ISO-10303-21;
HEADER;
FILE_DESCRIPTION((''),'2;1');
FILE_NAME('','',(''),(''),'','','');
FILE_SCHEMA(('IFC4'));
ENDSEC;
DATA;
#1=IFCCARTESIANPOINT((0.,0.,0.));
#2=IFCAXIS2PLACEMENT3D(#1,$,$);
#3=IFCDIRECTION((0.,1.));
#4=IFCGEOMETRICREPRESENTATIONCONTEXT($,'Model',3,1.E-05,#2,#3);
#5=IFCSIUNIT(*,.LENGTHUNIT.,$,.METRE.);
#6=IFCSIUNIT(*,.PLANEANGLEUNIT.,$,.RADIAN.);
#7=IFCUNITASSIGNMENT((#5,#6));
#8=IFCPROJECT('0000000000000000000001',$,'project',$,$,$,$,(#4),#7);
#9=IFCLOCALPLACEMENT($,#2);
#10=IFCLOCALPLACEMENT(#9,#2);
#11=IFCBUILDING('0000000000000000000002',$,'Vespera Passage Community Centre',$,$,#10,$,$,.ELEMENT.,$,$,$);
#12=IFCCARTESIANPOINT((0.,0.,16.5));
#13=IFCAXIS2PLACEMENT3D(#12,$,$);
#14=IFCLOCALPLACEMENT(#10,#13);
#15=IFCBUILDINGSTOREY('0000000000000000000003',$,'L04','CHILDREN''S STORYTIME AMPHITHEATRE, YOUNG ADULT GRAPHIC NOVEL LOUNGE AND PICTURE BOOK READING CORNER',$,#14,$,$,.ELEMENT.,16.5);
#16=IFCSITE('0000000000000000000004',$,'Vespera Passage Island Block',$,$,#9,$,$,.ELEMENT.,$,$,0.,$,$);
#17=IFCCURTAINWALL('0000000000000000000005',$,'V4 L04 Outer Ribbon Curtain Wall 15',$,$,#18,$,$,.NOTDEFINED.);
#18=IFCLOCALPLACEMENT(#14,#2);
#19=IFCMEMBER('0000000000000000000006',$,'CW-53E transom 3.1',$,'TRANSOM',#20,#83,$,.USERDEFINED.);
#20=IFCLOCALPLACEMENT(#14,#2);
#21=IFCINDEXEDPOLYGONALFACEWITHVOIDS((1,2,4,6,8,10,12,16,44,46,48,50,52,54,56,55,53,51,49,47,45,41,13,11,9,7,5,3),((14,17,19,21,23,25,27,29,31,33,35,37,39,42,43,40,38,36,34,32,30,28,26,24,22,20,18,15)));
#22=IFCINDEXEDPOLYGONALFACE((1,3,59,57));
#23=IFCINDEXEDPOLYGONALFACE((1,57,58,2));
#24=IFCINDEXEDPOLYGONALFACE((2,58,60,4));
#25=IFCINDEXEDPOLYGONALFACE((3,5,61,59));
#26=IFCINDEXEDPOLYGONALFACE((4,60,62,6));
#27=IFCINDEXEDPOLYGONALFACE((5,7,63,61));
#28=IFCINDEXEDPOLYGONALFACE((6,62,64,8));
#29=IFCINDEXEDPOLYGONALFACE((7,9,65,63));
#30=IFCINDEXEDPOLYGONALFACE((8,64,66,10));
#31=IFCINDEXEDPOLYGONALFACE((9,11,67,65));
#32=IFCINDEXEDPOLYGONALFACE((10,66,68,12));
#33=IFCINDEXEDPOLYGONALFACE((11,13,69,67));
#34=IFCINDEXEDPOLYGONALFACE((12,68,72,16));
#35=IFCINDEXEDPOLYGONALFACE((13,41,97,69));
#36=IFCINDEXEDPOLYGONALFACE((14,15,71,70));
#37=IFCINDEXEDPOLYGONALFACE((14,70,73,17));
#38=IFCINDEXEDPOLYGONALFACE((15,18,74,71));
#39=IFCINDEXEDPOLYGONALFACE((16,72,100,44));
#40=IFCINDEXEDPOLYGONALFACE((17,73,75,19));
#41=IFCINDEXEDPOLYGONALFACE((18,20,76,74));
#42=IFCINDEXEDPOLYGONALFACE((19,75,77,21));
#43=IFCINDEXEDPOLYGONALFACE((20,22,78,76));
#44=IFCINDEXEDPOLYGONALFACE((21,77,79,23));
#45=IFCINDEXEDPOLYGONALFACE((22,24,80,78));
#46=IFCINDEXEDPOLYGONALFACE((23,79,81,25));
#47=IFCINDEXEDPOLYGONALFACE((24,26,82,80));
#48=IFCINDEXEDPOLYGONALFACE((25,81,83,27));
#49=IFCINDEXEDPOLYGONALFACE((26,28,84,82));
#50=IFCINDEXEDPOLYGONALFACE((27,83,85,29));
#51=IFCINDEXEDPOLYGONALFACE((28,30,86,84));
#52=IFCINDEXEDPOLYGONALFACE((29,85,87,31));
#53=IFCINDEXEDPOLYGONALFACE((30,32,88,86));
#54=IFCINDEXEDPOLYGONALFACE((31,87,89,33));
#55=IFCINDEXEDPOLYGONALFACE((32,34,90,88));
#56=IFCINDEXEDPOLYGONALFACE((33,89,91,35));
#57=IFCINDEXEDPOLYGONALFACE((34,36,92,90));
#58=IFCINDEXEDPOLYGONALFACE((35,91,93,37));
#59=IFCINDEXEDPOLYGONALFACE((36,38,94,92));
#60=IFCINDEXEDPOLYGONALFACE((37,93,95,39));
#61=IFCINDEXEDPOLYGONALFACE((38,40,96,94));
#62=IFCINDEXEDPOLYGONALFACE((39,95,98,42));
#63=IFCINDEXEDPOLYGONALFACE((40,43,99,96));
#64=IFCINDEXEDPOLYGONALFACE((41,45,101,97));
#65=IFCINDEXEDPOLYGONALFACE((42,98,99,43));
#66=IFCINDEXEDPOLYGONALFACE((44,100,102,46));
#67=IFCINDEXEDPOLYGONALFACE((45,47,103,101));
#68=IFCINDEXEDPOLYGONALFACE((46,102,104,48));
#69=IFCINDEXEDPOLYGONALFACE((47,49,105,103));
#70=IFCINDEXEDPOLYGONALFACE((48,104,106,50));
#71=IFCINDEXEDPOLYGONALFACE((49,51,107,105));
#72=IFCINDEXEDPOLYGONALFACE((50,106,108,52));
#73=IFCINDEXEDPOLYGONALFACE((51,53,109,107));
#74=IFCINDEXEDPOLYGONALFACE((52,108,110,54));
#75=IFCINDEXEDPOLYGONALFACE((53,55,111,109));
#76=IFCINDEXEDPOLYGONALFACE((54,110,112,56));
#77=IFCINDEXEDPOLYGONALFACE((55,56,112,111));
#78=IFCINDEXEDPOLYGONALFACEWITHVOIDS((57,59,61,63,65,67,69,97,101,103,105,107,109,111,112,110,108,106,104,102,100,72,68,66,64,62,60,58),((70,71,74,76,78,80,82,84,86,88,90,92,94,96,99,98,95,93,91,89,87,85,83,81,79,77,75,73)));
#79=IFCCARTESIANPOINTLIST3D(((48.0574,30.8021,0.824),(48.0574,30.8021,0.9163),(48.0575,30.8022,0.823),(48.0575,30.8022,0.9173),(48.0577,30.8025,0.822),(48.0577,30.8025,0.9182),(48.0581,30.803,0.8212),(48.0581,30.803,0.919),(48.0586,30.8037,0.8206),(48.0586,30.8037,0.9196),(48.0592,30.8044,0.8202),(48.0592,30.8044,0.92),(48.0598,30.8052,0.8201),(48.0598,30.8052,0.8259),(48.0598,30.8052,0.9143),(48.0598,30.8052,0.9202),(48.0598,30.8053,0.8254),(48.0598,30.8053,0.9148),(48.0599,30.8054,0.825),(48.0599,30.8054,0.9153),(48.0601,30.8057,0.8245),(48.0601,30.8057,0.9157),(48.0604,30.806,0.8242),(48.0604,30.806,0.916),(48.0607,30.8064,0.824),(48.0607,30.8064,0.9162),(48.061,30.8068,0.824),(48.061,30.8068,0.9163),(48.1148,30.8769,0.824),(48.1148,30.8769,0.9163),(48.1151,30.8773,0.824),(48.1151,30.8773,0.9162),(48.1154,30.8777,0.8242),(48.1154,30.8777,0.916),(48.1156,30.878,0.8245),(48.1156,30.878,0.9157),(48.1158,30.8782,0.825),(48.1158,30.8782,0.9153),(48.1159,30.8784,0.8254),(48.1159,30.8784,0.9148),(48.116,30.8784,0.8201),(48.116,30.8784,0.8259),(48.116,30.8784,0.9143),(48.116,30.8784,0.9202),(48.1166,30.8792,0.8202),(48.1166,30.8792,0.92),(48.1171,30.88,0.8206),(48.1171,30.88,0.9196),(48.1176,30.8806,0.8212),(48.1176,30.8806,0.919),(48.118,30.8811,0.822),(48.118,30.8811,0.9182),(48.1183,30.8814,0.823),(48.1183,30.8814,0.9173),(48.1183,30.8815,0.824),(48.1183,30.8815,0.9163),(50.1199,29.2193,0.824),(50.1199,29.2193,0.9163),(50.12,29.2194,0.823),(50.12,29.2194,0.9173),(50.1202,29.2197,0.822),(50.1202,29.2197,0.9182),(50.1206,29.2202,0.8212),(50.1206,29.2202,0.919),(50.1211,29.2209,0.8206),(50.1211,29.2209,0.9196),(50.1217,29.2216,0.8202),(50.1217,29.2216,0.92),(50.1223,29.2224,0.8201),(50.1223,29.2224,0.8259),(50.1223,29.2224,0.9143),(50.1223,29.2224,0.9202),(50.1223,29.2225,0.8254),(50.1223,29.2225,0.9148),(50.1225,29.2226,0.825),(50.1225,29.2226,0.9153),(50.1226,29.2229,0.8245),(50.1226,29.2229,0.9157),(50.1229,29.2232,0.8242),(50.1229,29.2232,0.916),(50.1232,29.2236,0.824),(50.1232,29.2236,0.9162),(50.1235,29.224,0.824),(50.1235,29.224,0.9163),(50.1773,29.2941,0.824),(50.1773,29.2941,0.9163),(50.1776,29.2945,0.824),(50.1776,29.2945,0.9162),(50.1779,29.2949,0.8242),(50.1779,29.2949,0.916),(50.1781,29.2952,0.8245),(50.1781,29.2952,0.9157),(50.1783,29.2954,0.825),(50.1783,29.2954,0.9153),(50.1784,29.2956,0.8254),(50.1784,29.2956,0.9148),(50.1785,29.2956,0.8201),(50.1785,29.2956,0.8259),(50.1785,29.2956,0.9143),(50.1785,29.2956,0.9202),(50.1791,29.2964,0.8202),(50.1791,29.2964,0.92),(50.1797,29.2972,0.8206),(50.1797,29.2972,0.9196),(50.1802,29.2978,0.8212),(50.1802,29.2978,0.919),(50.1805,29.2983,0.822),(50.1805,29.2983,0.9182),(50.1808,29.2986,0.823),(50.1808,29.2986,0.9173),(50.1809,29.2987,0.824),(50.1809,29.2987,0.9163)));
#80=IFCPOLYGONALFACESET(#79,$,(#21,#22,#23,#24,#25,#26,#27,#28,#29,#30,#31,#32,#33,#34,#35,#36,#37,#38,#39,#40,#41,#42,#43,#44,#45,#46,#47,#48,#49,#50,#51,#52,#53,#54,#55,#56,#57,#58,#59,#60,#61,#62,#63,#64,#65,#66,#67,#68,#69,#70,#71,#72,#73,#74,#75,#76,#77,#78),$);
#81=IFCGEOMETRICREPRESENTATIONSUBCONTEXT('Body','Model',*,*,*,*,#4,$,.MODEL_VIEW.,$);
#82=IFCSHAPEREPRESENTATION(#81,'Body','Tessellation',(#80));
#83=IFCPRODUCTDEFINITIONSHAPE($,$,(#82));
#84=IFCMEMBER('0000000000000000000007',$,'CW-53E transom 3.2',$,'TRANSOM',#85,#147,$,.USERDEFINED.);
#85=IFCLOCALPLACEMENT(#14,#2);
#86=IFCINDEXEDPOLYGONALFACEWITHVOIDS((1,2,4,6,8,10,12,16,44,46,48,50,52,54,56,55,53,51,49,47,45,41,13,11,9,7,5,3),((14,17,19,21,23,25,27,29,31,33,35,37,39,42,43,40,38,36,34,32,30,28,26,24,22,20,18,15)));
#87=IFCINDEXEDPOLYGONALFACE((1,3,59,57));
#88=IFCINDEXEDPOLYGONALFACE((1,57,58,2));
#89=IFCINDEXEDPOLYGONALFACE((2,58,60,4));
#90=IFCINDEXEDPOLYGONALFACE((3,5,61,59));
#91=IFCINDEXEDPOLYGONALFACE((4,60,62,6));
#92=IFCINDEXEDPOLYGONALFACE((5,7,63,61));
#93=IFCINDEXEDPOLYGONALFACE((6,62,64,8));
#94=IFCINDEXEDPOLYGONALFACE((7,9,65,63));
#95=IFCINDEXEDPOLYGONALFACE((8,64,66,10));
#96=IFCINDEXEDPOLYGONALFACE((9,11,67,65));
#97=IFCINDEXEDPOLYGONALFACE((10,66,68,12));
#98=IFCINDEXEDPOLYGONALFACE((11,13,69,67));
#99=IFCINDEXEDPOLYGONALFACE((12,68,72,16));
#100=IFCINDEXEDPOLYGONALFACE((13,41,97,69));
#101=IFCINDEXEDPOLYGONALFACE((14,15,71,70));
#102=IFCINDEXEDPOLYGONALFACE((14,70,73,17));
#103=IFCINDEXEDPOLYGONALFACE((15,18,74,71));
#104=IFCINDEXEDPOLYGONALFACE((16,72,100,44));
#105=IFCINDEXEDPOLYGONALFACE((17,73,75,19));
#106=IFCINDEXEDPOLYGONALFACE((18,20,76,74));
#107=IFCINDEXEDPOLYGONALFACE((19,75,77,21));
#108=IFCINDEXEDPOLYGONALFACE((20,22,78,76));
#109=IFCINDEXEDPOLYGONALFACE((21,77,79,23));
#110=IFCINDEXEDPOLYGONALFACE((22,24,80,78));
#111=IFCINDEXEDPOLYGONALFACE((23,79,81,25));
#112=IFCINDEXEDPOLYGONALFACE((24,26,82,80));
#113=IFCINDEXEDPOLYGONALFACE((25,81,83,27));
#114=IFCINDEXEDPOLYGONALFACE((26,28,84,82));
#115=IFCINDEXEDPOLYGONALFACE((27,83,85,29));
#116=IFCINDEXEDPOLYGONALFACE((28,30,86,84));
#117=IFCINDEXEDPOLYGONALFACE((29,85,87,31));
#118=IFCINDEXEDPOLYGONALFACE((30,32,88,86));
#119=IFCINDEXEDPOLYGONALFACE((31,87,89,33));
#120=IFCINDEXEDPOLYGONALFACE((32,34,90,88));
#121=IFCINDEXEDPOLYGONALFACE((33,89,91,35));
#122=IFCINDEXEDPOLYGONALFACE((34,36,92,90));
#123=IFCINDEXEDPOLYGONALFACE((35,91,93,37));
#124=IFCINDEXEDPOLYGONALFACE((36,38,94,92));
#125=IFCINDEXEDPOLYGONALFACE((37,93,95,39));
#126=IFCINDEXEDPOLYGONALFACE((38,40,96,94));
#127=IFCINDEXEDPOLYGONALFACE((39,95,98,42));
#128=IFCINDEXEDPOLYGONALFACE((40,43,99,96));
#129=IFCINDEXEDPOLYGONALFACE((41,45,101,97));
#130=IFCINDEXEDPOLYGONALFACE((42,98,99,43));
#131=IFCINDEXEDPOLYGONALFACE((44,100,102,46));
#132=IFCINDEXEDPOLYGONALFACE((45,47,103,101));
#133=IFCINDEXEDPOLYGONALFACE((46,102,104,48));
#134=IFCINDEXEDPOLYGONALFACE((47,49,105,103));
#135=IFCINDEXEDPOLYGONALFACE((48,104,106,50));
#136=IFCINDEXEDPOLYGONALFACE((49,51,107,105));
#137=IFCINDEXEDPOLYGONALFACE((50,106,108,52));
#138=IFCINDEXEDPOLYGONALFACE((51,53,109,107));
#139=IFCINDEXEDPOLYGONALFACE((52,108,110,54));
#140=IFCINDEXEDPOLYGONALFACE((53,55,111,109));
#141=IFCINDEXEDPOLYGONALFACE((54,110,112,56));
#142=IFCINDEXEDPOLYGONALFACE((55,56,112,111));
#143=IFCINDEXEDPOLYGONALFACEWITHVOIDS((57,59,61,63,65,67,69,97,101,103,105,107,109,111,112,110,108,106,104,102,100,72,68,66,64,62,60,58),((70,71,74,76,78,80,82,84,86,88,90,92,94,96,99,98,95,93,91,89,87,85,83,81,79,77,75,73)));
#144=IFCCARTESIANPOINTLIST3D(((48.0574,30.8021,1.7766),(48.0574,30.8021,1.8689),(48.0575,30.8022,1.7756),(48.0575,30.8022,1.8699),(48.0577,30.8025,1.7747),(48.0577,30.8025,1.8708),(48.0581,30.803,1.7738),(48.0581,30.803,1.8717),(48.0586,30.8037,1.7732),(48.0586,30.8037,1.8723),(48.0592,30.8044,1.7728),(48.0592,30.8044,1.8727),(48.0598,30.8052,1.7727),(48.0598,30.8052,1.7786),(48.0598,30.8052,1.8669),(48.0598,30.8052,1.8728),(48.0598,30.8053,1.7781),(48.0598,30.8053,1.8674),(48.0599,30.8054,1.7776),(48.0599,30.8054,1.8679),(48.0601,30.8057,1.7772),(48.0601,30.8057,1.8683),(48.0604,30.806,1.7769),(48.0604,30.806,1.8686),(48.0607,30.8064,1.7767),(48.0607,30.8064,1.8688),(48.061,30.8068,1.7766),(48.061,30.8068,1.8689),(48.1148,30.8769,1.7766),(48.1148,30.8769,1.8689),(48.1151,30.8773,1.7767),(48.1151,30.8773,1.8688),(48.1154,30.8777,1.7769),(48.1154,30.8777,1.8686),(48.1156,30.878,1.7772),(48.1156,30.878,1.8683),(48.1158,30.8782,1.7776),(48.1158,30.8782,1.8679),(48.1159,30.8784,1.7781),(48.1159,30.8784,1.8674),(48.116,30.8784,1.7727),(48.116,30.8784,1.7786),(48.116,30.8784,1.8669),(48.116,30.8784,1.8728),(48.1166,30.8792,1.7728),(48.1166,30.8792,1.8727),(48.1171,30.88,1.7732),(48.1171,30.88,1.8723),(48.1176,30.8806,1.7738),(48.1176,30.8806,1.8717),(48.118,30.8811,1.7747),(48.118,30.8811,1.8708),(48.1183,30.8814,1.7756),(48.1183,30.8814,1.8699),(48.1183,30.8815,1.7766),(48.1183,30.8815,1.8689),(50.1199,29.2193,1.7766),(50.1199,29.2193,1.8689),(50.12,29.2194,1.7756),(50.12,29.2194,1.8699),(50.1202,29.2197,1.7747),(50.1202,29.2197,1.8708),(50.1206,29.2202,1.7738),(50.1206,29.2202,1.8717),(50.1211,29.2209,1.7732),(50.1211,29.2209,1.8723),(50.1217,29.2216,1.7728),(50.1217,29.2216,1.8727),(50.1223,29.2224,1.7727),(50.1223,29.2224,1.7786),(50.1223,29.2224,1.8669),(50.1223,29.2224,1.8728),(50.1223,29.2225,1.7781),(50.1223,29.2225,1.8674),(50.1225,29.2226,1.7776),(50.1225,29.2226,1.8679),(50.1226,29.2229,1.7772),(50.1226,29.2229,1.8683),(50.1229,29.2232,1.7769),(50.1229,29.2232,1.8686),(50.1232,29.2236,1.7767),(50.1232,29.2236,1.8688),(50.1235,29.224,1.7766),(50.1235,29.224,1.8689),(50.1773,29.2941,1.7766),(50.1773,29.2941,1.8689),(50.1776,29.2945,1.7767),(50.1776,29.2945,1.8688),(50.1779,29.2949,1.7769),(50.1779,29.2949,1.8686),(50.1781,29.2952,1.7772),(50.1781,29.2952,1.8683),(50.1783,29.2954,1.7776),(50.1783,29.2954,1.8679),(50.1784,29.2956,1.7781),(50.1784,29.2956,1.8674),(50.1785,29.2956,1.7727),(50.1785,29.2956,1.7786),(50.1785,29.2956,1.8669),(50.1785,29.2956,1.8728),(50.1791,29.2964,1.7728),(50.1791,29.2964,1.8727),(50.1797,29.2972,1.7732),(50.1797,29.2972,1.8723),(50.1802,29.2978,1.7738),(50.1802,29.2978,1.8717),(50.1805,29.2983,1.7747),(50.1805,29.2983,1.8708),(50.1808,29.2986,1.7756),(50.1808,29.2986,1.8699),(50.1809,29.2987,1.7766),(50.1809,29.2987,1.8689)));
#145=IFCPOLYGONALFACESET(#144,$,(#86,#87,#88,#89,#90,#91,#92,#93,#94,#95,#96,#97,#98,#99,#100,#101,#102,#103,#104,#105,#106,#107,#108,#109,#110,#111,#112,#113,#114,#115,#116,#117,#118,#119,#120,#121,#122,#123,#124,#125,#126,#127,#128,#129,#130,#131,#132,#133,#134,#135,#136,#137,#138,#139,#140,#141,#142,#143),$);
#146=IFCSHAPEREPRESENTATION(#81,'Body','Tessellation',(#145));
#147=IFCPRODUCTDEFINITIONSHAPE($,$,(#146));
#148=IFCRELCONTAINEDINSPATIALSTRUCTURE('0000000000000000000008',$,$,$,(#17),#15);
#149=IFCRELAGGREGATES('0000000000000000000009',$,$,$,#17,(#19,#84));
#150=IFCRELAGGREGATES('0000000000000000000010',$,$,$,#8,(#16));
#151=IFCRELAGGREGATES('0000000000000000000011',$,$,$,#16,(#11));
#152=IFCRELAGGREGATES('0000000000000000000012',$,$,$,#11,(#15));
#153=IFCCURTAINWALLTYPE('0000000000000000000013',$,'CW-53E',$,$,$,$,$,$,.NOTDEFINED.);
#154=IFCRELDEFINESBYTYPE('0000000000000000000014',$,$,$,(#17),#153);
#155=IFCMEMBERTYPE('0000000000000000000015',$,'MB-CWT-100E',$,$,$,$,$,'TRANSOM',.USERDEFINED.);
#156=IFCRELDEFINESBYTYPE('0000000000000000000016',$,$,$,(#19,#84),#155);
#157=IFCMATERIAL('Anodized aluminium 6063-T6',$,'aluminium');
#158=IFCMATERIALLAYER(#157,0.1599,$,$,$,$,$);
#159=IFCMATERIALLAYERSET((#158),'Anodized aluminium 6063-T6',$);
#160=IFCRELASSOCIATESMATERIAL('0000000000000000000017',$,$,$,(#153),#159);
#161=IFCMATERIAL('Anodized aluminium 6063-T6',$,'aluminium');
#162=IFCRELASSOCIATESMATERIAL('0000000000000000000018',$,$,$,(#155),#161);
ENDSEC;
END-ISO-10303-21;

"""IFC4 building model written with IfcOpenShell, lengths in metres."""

from ifc_helpers import new_model, si_unit, direction, frame, origin, origin_2d, place, context, subcontext, project, spatial, hollow_rectangle, extrude, material, layer, layer_set, material_profile, profile_set, type_object, element, aggregate, save


model = new_model("IFC4")

# Units and contexts
model_context = context("Model", 3, precision=1e-05, world=origin(), true_north=direction((0.0, 1.0)))
body_context = subcontext(model_context, "Body", "Model", "MODEL_VIEW")
ifc_project = project(units=[si_unit("LENGTHUNIT", "METRE"), si_unit("PLANEANGLEUNIT", "RADIAN")], contexts=[model_context])

# Site, building, storey
site_placement = place(None, origin())
site = spatial("IfcSite", under=ifc_project, at=site_placement, Name="Vespera Passage Island Block", CompositionType="ELEMENT", RefElevation=0.0)
building_placement = place(site_placement, origin())
building = spatial("IfcBuilding", under=site, at=building_placement, Name="Vespera Passage Community Centre", CompositionType="ELEMENT")
storey_placement = place(building_placement, frame((0.0, 0.0, 16.5)))
storey = spatial("IfcBuildingStorey", under=building, at=storey_placement, Name="L04", Description="CHILDREN'S STORYTIME AMPHITHEATRE, YOUNG ADULT GRAPHIC NOVEL LOUNGE AND PICTURE BOOK READING CORNER", CompositionType="ELEMENT", Elevation=16.5)

# Curtain wall, members
ifc_material_1 = material(Name="Anodized aluminium 6063-T6", Category="aluminium")
ifc_layer_1 = layer(ifc_material_1, 0.1599)
ifc_layer_set_1 = layer_set([ifc_layer_1], Name="Anodized aluminium 6063-T6")
curtain_wall_type = type_object("IfcCurtainWallType", Name="CW-53E", PredefinedType="NOTDEFINED", material=ifc_layer_set_1)
curtain_wall_placement = place(storey_placement, origin())
curtain_wall = element("IfcCurtainWall", 1, at=curtain_wall_placement, inside=storey, type_object=curtain_wall_type, Name="V4 L04 Outer Ribbon Curtain Wall 15", PredefinedType="NOTDEFINED")
ifc_material_2 = material(Name="Anodized aluminium 6063-T6", Category="aluminium")
ifc_material_profile_1 = material_profile(ifc_material_2, hollow_rectangle(XDim=0.1001, YDim=0.1001, WallThickness=0.0039, InnerFilletRadius=0.002, OuterFilletRadius=0.0039, at=origin_2d()), Name="ALU100X100X4")
ifc_profile_set_1 = profile_set([ifc_material_profile_1], Name="Anodized aluminium 6063-T6")
member_type_1 = type_object("IfcMemberType", Name="MB-CWT-100E", ElementType="TRANSOM", PredefinedType="USERDEFINED", material=ifc_profile_set_1)
member_1_placement = place(storey_placement, frame((50.1504, 29.259, 0.8701), z_axis=(-0.793325, 0.608798, 0.0), x_axis=(-0.608798, -0.793325, 0.0)))
member_1 = element("IfcMember", 2, at=member_1_placement, type_object=member_type_1, Name="CW-53E transom 3.1", ObjectType="TRANSOM", PredefinedType="USERDEFINED", context=body_context, shape_type="SweptSolid", body=[
    extrude(hollow_rectangle(XDim=0.1001, YDim=0.1001, WallThickness=0.0039, InnerFilletRadius=0.002, OuterFilletRadius=0.0039, at=origin_2d()), origin(), (0.0, 0.0, 1.0), 2.5999),
])
member_2_placement = place(storey_placement, frame((50.1504, 29.259, 1.8228), z_axis=(-0.793325, 0.608798, 0.0), x_axis=(-0.608798, -0.793325, 0.0)))
member_2 = element("IfcMember", 3, at=member_2_placement, type_object=member_type_1, Name="CW-53E transom 3.2", ObjectType="TRANSOM", PredefinedType="USERDEFINED", context=body_context, shape_type="SweptSolid", body=[
    extrude(hollow_rectangle(XDim=0.1001, YDim=0.1001, WallThickness=0.0039, InnerFilletRadius=0.002, OuterFilletRadius=0.0039, at=origin_2d()), origin(), (0.0, 0.0, 1.0), 2.5999),
])
aggregate(curtain_wall, [member_1, member_2])

save(model, "model.ifc")
